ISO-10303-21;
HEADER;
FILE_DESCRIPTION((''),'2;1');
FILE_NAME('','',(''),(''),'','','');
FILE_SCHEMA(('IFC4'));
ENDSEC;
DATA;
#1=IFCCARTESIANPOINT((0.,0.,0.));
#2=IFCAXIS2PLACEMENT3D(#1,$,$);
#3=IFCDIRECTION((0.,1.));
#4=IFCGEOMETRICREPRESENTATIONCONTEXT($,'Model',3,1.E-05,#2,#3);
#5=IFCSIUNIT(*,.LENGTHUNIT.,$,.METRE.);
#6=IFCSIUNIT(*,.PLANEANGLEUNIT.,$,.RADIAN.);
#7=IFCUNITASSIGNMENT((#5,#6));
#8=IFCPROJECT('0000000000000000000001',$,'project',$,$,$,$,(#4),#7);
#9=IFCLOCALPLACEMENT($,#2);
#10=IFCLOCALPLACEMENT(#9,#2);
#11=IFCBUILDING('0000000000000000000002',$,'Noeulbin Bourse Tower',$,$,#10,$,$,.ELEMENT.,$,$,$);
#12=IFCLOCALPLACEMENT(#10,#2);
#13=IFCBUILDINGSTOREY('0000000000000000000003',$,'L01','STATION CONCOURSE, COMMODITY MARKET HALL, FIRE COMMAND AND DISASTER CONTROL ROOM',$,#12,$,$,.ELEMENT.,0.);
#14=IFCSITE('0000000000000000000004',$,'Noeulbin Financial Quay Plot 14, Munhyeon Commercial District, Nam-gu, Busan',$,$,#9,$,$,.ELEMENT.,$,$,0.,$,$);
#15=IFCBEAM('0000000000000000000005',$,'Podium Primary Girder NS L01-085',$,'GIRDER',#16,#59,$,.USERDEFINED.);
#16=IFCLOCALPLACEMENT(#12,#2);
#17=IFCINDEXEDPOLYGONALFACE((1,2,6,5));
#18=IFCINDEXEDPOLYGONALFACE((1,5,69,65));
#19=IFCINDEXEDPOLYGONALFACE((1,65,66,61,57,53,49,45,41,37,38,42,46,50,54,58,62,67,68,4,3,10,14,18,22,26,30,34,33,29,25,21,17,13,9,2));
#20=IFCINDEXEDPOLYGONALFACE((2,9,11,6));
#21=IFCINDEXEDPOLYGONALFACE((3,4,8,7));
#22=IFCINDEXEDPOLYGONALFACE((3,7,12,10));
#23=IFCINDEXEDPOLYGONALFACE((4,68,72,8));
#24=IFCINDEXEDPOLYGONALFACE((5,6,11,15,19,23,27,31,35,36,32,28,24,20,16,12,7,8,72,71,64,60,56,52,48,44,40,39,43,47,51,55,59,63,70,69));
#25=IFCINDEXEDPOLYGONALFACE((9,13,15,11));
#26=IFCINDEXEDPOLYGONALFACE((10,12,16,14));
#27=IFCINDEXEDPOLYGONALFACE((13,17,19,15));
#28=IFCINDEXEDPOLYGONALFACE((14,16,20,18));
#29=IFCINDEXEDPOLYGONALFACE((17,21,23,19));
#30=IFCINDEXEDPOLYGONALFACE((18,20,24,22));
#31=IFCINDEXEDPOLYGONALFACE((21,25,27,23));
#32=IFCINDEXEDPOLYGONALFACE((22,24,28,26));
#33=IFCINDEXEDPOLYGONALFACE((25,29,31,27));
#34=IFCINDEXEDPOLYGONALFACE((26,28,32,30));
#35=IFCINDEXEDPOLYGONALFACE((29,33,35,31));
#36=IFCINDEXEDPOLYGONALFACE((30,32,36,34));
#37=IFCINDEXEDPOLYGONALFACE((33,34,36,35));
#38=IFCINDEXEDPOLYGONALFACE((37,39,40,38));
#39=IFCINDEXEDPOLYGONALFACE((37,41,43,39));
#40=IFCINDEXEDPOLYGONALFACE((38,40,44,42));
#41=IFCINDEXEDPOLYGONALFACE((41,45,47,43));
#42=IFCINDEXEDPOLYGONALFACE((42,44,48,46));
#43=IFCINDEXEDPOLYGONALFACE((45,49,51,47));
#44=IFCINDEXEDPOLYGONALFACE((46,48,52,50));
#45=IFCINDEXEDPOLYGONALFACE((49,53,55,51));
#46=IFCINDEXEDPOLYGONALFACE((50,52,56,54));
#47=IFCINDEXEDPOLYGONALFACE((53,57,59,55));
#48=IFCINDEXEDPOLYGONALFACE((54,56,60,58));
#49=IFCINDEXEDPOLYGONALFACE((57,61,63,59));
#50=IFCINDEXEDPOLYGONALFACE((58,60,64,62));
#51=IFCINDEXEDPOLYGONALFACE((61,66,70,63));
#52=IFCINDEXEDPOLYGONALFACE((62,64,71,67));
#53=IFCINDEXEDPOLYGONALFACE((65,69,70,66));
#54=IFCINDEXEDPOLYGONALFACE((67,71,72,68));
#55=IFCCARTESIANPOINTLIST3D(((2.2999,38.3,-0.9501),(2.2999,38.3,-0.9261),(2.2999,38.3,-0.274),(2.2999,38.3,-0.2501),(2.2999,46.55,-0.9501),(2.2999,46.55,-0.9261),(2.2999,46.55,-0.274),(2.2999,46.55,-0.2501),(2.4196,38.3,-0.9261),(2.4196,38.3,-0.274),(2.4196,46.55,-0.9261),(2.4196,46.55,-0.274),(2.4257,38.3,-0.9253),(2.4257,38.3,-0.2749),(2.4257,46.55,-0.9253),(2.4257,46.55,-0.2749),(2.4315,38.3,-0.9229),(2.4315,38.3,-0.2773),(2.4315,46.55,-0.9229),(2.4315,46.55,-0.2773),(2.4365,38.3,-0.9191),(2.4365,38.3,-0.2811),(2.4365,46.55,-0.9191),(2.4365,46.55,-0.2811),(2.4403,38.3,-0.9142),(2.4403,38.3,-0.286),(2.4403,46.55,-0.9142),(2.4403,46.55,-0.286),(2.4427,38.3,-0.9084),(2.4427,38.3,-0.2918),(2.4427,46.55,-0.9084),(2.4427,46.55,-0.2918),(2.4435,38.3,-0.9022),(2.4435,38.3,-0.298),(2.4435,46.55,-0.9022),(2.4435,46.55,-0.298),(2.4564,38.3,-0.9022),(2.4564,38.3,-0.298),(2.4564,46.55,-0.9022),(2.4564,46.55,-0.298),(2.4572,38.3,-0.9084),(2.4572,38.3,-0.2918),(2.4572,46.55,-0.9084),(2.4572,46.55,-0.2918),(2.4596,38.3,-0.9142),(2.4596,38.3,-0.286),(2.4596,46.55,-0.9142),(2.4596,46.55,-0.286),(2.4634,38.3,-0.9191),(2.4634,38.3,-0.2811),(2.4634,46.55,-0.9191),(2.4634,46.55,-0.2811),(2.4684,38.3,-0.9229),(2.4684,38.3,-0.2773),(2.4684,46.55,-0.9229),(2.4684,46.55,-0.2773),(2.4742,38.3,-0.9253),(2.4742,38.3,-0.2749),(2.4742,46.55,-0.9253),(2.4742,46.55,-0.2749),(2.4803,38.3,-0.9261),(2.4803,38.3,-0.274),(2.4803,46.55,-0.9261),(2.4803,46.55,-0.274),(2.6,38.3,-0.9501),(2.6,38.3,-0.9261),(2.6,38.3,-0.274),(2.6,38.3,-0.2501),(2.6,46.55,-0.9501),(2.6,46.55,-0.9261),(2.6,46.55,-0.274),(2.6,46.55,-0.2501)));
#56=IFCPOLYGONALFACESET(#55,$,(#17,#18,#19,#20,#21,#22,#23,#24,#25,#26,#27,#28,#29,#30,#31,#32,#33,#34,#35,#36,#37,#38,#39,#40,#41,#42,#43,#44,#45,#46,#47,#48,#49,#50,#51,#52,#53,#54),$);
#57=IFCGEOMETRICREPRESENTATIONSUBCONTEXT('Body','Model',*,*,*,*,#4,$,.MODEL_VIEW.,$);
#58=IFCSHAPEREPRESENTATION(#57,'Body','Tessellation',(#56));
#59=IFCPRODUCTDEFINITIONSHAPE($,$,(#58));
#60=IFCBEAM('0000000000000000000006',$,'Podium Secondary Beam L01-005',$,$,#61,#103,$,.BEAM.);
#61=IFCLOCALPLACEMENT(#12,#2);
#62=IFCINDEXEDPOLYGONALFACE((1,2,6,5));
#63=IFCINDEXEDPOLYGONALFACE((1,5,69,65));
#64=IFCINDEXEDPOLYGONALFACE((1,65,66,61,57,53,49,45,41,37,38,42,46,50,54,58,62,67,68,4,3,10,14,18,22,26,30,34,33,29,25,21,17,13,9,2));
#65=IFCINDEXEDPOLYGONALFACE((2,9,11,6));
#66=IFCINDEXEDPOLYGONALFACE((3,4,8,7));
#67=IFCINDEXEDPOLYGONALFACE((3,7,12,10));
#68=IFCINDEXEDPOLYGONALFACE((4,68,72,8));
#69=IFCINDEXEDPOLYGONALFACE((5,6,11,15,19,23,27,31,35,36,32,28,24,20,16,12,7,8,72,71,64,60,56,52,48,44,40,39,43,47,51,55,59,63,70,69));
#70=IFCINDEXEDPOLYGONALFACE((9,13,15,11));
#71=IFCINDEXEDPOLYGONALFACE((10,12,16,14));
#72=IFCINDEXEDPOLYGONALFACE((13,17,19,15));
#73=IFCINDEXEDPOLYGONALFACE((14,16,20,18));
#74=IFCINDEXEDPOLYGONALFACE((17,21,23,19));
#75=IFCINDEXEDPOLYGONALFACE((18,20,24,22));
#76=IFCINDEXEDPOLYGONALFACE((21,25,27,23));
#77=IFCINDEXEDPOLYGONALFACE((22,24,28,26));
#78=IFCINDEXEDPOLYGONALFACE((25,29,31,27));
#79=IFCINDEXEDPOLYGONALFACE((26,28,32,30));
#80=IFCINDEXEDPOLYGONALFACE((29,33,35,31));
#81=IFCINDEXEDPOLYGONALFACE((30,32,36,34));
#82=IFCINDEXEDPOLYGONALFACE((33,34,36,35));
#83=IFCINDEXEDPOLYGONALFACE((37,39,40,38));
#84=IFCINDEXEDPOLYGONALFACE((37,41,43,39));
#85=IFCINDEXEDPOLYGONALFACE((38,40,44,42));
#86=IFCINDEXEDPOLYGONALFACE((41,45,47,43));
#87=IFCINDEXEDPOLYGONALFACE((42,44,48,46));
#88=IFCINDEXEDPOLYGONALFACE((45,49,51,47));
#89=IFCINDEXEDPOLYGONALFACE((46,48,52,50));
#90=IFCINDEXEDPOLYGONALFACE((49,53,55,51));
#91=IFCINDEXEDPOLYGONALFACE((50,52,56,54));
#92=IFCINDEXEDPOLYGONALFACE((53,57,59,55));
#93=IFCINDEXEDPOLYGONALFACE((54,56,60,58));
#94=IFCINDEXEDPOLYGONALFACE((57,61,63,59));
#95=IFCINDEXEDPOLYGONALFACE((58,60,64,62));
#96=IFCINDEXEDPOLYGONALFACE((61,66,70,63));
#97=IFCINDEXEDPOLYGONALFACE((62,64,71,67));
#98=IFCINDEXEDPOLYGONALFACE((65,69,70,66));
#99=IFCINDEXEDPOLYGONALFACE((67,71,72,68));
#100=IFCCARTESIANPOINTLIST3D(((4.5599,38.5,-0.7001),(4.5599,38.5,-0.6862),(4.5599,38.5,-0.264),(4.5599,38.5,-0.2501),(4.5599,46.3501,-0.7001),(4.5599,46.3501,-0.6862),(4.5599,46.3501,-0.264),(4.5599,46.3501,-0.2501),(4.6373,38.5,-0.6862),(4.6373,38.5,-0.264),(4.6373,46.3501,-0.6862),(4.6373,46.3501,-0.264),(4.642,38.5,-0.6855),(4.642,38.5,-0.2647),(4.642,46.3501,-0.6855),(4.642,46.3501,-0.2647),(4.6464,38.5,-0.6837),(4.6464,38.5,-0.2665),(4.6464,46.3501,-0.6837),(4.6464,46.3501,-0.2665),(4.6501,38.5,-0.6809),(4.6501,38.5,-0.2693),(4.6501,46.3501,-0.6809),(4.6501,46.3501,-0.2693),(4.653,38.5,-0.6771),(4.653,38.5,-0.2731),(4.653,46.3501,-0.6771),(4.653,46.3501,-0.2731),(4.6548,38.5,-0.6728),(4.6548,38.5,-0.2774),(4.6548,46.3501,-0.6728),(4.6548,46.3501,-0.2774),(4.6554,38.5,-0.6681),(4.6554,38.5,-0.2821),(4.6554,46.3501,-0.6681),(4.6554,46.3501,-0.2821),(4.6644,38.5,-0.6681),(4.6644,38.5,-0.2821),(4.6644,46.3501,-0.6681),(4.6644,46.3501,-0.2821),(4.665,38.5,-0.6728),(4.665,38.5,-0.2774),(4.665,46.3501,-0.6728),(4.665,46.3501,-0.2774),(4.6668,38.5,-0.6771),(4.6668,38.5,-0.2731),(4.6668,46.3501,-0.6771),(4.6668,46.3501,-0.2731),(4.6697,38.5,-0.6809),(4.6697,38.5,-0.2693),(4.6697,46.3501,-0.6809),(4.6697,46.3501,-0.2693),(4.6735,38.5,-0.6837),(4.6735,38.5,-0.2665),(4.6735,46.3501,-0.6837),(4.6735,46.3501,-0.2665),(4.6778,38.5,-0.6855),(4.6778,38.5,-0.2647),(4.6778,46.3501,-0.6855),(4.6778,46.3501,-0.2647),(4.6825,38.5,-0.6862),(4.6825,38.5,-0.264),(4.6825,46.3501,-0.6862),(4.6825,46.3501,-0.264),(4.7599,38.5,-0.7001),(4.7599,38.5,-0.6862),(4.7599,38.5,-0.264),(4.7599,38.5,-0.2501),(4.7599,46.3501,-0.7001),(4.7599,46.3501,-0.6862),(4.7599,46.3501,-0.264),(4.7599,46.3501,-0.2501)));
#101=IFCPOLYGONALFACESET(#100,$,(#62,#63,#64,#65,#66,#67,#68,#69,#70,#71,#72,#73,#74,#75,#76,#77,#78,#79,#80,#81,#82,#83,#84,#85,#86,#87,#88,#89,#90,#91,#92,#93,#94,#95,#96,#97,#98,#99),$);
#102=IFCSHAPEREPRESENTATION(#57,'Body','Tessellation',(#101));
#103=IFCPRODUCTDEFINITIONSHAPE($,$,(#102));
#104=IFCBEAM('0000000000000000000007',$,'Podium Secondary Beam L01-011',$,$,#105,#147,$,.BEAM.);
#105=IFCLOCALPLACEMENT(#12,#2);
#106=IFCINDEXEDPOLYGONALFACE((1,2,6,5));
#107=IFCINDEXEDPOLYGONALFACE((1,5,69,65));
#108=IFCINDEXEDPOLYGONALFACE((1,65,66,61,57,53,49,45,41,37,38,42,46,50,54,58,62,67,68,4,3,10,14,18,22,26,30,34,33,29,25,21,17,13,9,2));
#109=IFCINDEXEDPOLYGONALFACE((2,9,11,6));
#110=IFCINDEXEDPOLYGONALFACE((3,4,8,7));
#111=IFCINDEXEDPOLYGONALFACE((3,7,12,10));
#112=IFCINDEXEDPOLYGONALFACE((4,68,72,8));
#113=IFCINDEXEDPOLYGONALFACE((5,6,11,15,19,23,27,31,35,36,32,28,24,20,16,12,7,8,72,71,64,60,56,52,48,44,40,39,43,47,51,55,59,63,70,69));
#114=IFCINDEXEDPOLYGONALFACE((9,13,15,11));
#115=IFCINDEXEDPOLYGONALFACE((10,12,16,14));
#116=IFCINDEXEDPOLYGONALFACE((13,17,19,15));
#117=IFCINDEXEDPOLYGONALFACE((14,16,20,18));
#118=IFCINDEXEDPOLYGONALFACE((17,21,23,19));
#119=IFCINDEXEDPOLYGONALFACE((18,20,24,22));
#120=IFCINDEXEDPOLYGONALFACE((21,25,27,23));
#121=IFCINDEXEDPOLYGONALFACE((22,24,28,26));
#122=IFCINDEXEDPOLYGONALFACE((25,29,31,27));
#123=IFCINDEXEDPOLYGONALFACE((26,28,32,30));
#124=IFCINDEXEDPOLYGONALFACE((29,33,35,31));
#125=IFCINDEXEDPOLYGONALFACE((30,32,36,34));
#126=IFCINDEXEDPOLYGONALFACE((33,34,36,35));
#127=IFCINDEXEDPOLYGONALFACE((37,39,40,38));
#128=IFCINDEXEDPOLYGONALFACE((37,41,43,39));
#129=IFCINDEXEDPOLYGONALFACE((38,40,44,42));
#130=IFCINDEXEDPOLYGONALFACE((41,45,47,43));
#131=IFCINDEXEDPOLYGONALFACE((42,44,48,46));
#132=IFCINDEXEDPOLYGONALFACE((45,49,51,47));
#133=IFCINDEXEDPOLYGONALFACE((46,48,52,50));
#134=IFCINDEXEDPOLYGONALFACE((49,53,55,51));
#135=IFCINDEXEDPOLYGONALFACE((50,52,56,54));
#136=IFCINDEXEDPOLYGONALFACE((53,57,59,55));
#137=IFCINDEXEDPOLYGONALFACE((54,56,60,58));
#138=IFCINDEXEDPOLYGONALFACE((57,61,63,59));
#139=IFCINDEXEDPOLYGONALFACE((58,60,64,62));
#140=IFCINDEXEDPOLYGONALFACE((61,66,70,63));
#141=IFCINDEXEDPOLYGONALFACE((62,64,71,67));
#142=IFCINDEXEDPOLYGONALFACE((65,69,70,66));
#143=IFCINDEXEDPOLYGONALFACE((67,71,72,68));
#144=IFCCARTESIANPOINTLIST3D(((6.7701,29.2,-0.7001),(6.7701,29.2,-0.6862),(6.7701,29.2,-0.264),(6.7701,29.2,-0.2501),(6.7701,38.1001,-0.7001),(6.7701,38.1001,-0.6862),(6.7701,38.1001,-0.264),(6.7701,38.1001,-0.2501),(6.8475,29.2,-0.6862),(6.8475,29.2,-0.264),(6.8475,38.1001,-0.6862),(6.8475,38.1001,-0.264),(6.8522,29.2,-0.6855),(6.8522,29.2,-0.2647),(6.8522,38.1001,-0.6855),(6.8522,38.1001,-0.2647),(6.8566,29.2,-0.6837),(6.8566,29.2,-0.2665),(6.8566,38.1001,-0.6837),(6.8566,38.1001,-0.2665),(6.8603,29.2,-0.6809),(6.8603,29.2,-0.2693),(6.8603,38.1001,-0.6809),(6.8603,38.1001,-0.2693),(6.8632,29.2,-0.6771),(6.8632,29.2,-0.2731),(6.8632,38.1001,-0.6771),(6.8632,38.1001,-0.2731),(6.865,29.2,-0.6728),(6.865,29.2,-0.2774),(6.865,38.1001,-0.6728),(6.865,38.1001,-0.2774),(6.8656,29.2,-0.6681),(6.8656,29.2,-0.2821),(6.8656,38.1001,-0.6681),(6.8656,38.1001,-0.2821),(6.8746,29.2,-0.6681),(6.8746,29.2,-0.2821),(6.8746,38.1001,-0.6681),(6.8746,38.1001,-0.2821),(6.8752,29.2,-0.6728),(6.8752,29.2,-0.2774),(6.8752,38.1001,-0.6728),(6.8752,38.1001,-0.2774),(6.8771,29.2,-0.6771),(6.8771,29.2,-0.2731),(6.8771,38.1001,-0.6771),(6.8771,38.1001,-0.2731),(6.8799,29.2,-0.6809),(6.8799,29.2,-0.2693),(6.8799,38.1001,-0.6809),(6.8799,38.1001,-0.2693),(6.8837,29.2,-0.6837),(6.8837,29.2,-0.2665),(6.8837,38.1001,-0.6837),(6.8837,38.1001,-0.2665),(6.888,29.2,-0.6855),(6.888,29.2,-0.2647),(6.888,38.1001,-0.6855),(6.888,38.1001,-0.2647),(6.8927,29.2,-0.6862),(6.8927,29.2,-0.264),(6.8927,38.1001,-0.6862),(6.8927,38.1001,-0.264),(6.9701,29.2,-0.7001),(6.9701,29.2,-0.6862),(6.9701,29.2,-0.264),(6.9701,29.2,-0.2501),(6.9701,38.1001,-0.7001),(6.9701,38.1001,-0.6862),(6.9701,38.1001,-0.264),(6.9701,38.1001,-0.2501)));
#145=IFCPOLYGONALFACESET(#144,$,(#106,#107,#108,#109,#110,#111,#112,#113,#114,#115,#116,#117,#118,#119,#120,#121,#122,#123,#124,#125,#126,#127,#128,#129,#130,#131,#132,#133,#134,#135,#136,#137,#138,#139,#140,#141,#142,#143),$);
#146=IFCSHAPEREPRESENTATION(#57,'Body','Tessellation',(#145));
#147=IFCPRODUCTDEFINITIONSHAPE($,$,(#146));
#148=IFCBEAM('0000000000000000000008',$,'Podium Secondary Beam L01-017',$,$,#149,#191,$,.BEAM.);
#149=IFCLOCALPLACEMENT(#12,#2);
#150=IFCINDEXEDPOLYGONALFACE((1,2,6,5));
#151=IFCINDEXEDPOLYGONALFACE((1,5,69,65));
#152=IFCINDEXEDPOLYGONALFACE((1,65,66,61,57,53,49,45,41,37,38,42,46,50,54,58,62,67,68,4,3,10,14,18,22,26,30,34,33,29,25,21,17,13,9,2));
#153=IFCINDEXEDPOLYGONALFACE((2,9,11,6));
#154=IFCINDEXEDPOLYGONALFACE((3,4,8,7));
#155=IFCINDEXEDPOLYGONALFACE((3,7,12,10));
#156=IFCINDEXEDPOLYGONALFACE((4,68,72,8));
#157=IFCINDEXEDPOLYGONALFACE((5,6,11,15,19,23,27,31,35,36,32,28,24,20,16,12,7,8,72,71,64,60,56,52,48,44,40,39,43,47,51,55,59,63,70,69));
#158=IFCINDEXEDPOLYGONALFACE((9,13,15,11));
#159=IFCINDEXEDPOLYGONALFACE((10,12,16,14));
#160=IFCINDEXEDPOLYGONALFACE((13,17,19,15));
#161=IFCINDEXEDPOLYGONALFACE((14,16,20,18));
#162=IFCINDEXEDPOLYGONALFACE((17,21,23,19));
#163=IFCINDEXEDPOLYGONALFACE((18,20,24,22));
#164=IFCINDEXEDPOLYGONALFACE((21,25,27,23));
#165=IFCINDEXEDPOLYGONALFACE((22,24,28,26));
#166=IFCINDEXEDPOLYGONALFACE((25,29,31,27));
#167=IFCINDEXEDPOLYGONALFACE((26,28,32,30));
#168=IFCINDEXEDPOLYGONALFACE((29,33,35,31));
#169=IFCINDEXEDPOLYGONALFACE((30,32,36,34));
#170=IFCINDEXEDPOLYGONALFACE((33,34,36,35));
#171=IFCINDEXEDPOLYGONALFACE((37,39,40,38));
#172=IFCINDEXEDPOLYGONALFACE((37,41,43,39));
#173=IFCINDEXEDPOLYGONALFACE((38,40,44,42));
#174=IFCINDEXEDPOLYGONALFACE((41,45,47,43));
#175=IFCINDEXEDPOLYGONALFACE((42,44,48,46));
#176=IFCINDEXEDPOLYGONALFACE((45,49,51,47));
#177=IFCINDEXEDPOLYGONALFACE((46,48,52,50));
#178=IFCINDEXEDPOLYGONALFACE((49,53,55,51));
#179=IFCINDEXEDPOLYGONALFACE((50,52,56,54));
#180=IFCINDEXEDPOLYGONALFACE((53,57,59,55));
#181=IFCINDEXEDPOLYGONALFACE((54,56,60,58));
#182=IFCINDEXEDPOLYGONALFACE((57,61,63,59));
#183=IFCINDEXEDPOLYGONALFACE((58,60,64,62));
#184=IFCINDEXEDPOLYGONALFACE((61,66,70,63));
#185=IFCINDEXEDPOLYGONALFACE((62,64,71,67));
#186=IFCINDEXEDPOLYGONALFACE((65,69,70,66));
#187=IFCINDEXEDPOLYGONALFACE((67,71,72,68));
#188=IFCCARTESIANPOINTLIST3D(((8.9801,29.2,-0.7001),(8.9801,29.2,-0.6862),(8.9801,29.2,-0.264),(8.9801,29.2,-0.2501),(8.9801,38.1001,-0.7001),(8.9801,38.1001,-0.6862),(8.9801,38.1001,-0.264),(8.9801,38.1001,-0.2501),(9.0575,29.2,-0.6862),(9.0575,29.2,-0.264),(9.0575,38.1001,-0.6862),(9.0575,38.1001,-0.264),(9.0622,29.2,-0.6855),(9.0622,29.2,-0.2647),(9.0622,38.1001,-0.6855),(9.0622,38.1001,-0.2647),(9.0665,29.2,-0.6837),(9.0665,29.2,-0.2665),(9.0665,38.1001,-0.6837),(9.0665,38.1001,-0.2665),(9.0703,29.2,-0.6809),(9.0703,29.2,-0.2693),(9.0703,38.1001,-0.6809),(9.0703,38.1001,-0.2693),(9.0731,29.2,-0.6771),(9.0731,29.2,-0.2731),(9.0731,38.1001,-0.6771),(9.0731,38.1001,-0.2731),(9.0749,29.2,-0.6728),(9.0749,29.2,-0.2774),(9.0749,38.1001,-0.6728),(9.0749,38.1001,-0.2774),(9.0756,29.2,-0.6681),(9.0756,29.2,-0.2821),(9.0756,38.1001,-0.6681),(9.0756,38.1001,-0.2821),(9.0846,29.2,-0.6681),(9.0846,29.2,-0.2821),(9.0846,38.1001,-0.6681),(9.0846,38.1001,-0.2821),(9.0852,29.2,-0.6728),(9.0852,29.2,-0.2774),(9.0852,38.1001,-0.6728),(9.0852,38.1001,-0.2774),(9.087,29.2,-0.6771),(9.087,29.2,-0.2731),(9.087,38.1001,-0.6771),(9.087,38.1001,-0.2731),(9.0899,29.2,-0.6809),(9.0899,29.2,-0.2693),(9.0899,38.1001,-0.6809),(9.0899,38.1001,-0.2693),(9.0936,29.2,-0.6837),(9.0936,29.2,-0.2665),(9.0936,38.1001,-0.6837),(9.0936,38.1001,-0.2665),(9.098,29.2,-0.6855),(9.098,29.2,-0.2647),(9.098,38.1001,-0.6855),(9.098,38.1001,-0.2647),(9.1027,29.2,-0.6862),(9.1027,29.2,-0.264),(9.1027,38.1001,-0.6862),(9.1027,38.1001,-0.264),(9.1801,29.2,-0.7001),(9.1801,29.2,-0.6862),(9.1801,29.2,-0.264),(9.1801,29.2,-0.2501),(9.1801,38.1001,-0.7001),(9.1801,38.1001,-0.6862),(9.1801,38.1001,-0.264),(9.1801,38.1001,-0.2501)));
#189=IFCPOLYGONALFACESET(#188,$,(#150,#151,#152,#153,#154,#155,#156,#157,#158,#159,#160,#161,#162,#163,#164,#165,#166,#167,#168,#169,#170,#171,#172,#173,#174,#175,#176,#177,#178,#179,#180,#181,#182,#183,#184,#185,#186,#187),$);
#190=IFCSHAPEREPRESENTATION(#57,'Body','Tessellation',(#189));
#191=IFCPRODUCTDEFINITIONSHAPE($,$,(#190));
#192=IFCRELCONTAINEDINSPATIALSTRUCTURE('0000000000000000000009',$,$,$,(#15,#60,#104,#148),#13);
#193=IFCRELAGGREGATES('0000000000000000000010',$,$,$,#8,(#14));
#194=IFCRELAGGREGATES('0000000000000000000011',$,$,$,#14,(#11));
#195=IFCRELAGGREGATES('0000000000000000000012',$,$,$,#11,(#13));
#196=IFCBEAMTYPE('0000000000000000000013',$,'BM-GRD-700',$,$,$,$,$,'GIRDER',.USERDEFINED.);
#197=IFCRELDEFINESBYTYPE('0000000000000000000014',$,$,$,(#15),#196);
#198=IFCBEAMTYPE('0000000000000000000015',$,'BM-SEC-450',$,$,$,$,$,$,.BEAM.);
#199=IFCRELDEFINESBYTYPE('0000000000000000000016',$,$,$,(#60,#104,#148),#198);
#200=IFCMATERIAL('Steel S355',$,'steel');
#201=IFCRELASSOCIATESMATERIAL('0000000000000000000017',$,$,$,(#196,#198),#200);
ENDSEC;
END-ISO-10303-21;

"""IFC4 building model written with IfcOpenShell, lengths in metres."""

from ifc_helpers import new_model, si_unit, direction, frame, origin, origin_2d, place, context, subcontext, project, spatial, i_section, extrude, material, material_profile, profile_set, type_object, element, save


model = new_model("IFC4")

# Units and contexts
model_context = context("Model", 3, precision=1e-05, world=origin(), true_north=direction((0.0, 1.0)))
body_context = subcontext(model_context, "Body", "Model", "MODEL_VIEW")
ifc_project = project(units=[si_unit("LENGTHUNIT", "METRE"), si_unit("PLANEANGLEUNIT", "RADIAN")], contexts=[model_context])

# Site, building, storey
site_placement = place(None, origin())
site = spatial("IfcSite", under=ifc_project, at=site_placement, Name="Noeulbin Financial Quay Plot 14, Munhyeon Commercial District, Nam-gu, Busan", CompositionType="ELEMENT", RefElevation=0.0)
building_placement = place(site_placement, origin())
building = spatial("IfcBuilding", under=site, at=building_placement, Name="Noeulbin Bourse Tower", CompositionType="ELEMENT")
storey_placement = place(building_placement, origin())
storey = spatial("IfcBuildingStorey", under=building, at=storey_placement, Name="L01", Description="STATION CONCOURSE, COMMODITY MARKET HALL, FIRE COMMAND AND DISASTER CONTROL ROOM", CompositionType="ELEMENT", Elevation=0.0)

# Beams
ifc_material_1 = material(Name="Steel S355", Category="steel")
ifc_material_profile_1 = material_profile(ifc_material_1, i_section(OverallWidth=0.3, OverallDepth=0.7, WebThickness=0.0129, FlangeThickness=0.0239, FilletRadius=0.0239, at=origin_2d()), Name="H-700x300x13x24", Category="LoadBearing")
ifc_profile_set_1 = profile_set([ifc_material_profile_1], Name="Steel S355")
beam_type_1 = type_object("IfcBeamType", Name="BM-GRD-700", ElementType="GIRDER", PredefinedType="USERDEFINED", material=ifc_profile_set_1)
for number, where, z_axis, x_axis, name in (
    (1, (2.45, 38.3, -0.6001), (0.0, 1.0, 0.0), (-1.0, 0.0, 0.0), "Podium Primary Girder NS L01-085"),
):
    element("IfcBeam", number, at=place(storey_placement, frame(where, z_axis=z_axis, x_axis=x_axis)), inside=storey, type_object=beam_type_1, Name=name, ObjectType="GIRDER", PredefinedType="USERDEFINED", context=body_context, shape_type="SweptSolid", body=[
        extrude(i_section(OverallWidth=0.3, OverallDepth=0.7, WebThickness=0.0129, FlangeThickness=0.0239, FilletRadius=0.0239, at=origin_2d()), origin(), (0.0, 0.0, 1.0), 8.25),
    ])
ifc_material_profile_2 = material_profile(ifc_material_1, i_section(OverallWidth=0.2, OverallDepth=0.45, WebThickness=0.009, FlangeThickness=0.0139, FilletRadius=0.0181, at=origin_2d()), Name="H-450x200x9x14", Category="LoadBearing")
ifc_profile_set_2 = profile_set([ifc_material_profile_2], Name="Steel S355")
beam_type_2 = type_object("IfcBeamType", Name="BM-SEC-450", PredefinedType="BEAM", material=ifc_profile_set_2)
beam_1_placement = place(storey_placement, frame((4.6599, 38.5, -0.4751), z_axis=(0.0, 1.0, 0.0), x_axis=(-1.0, 0.0, 0.0)))
element("IfcBeam", 2, at=beam_1_placement, inside=storey, type_object=beam_type_2, Name="Podium Secondary Beam L01-005", PredefinedType="BEAM", context=body_context, shape_type="SweptSolid", body=[
    extrude(i_section(OverallWidth=0.2, OverallDepth=0.45, WebThickness=0.009, FlangeThickness=0.0139, FilletRadius=0.0181, at=origin_2d()), origin(), (0.0, 0.0, 1.0), 7.8501),
])
for number, where, z_axis, x_axis, name in (
    (3, (6.8701, 29.2, -0.4751), (0.0, 1.0, 0.0), (-1.0, 0.0, 0.0), "Podium Secondary Beam L01-011"),
    (4, (9.0801, 29.2, -0.4751), (0.0, 1.0, 0.0), (-1.0, 0.0, 0.0), "Podium Secondary Beam L01-017"),
):
    element("IfcBeam", number, at=place(storey_placement, frame(where, z_axis=z_axis, x_axis=x_axis)), inside=storey, type_object=beam_type_2, Name=name, PredefinedType="BEAM", context=body_context, shape_type="SweptSolid", body=[
        extrude(i_section(OverallWidth=0.2, OverallDepth=0.45, WebThickness=0.009, FlangeThickness=0.0139, FilletRadius=0.0181, at=origin_2d()), origin(), (0.0, 0.0, 1.0), 8.9001),
    ])

save(model, "model.ifc")
